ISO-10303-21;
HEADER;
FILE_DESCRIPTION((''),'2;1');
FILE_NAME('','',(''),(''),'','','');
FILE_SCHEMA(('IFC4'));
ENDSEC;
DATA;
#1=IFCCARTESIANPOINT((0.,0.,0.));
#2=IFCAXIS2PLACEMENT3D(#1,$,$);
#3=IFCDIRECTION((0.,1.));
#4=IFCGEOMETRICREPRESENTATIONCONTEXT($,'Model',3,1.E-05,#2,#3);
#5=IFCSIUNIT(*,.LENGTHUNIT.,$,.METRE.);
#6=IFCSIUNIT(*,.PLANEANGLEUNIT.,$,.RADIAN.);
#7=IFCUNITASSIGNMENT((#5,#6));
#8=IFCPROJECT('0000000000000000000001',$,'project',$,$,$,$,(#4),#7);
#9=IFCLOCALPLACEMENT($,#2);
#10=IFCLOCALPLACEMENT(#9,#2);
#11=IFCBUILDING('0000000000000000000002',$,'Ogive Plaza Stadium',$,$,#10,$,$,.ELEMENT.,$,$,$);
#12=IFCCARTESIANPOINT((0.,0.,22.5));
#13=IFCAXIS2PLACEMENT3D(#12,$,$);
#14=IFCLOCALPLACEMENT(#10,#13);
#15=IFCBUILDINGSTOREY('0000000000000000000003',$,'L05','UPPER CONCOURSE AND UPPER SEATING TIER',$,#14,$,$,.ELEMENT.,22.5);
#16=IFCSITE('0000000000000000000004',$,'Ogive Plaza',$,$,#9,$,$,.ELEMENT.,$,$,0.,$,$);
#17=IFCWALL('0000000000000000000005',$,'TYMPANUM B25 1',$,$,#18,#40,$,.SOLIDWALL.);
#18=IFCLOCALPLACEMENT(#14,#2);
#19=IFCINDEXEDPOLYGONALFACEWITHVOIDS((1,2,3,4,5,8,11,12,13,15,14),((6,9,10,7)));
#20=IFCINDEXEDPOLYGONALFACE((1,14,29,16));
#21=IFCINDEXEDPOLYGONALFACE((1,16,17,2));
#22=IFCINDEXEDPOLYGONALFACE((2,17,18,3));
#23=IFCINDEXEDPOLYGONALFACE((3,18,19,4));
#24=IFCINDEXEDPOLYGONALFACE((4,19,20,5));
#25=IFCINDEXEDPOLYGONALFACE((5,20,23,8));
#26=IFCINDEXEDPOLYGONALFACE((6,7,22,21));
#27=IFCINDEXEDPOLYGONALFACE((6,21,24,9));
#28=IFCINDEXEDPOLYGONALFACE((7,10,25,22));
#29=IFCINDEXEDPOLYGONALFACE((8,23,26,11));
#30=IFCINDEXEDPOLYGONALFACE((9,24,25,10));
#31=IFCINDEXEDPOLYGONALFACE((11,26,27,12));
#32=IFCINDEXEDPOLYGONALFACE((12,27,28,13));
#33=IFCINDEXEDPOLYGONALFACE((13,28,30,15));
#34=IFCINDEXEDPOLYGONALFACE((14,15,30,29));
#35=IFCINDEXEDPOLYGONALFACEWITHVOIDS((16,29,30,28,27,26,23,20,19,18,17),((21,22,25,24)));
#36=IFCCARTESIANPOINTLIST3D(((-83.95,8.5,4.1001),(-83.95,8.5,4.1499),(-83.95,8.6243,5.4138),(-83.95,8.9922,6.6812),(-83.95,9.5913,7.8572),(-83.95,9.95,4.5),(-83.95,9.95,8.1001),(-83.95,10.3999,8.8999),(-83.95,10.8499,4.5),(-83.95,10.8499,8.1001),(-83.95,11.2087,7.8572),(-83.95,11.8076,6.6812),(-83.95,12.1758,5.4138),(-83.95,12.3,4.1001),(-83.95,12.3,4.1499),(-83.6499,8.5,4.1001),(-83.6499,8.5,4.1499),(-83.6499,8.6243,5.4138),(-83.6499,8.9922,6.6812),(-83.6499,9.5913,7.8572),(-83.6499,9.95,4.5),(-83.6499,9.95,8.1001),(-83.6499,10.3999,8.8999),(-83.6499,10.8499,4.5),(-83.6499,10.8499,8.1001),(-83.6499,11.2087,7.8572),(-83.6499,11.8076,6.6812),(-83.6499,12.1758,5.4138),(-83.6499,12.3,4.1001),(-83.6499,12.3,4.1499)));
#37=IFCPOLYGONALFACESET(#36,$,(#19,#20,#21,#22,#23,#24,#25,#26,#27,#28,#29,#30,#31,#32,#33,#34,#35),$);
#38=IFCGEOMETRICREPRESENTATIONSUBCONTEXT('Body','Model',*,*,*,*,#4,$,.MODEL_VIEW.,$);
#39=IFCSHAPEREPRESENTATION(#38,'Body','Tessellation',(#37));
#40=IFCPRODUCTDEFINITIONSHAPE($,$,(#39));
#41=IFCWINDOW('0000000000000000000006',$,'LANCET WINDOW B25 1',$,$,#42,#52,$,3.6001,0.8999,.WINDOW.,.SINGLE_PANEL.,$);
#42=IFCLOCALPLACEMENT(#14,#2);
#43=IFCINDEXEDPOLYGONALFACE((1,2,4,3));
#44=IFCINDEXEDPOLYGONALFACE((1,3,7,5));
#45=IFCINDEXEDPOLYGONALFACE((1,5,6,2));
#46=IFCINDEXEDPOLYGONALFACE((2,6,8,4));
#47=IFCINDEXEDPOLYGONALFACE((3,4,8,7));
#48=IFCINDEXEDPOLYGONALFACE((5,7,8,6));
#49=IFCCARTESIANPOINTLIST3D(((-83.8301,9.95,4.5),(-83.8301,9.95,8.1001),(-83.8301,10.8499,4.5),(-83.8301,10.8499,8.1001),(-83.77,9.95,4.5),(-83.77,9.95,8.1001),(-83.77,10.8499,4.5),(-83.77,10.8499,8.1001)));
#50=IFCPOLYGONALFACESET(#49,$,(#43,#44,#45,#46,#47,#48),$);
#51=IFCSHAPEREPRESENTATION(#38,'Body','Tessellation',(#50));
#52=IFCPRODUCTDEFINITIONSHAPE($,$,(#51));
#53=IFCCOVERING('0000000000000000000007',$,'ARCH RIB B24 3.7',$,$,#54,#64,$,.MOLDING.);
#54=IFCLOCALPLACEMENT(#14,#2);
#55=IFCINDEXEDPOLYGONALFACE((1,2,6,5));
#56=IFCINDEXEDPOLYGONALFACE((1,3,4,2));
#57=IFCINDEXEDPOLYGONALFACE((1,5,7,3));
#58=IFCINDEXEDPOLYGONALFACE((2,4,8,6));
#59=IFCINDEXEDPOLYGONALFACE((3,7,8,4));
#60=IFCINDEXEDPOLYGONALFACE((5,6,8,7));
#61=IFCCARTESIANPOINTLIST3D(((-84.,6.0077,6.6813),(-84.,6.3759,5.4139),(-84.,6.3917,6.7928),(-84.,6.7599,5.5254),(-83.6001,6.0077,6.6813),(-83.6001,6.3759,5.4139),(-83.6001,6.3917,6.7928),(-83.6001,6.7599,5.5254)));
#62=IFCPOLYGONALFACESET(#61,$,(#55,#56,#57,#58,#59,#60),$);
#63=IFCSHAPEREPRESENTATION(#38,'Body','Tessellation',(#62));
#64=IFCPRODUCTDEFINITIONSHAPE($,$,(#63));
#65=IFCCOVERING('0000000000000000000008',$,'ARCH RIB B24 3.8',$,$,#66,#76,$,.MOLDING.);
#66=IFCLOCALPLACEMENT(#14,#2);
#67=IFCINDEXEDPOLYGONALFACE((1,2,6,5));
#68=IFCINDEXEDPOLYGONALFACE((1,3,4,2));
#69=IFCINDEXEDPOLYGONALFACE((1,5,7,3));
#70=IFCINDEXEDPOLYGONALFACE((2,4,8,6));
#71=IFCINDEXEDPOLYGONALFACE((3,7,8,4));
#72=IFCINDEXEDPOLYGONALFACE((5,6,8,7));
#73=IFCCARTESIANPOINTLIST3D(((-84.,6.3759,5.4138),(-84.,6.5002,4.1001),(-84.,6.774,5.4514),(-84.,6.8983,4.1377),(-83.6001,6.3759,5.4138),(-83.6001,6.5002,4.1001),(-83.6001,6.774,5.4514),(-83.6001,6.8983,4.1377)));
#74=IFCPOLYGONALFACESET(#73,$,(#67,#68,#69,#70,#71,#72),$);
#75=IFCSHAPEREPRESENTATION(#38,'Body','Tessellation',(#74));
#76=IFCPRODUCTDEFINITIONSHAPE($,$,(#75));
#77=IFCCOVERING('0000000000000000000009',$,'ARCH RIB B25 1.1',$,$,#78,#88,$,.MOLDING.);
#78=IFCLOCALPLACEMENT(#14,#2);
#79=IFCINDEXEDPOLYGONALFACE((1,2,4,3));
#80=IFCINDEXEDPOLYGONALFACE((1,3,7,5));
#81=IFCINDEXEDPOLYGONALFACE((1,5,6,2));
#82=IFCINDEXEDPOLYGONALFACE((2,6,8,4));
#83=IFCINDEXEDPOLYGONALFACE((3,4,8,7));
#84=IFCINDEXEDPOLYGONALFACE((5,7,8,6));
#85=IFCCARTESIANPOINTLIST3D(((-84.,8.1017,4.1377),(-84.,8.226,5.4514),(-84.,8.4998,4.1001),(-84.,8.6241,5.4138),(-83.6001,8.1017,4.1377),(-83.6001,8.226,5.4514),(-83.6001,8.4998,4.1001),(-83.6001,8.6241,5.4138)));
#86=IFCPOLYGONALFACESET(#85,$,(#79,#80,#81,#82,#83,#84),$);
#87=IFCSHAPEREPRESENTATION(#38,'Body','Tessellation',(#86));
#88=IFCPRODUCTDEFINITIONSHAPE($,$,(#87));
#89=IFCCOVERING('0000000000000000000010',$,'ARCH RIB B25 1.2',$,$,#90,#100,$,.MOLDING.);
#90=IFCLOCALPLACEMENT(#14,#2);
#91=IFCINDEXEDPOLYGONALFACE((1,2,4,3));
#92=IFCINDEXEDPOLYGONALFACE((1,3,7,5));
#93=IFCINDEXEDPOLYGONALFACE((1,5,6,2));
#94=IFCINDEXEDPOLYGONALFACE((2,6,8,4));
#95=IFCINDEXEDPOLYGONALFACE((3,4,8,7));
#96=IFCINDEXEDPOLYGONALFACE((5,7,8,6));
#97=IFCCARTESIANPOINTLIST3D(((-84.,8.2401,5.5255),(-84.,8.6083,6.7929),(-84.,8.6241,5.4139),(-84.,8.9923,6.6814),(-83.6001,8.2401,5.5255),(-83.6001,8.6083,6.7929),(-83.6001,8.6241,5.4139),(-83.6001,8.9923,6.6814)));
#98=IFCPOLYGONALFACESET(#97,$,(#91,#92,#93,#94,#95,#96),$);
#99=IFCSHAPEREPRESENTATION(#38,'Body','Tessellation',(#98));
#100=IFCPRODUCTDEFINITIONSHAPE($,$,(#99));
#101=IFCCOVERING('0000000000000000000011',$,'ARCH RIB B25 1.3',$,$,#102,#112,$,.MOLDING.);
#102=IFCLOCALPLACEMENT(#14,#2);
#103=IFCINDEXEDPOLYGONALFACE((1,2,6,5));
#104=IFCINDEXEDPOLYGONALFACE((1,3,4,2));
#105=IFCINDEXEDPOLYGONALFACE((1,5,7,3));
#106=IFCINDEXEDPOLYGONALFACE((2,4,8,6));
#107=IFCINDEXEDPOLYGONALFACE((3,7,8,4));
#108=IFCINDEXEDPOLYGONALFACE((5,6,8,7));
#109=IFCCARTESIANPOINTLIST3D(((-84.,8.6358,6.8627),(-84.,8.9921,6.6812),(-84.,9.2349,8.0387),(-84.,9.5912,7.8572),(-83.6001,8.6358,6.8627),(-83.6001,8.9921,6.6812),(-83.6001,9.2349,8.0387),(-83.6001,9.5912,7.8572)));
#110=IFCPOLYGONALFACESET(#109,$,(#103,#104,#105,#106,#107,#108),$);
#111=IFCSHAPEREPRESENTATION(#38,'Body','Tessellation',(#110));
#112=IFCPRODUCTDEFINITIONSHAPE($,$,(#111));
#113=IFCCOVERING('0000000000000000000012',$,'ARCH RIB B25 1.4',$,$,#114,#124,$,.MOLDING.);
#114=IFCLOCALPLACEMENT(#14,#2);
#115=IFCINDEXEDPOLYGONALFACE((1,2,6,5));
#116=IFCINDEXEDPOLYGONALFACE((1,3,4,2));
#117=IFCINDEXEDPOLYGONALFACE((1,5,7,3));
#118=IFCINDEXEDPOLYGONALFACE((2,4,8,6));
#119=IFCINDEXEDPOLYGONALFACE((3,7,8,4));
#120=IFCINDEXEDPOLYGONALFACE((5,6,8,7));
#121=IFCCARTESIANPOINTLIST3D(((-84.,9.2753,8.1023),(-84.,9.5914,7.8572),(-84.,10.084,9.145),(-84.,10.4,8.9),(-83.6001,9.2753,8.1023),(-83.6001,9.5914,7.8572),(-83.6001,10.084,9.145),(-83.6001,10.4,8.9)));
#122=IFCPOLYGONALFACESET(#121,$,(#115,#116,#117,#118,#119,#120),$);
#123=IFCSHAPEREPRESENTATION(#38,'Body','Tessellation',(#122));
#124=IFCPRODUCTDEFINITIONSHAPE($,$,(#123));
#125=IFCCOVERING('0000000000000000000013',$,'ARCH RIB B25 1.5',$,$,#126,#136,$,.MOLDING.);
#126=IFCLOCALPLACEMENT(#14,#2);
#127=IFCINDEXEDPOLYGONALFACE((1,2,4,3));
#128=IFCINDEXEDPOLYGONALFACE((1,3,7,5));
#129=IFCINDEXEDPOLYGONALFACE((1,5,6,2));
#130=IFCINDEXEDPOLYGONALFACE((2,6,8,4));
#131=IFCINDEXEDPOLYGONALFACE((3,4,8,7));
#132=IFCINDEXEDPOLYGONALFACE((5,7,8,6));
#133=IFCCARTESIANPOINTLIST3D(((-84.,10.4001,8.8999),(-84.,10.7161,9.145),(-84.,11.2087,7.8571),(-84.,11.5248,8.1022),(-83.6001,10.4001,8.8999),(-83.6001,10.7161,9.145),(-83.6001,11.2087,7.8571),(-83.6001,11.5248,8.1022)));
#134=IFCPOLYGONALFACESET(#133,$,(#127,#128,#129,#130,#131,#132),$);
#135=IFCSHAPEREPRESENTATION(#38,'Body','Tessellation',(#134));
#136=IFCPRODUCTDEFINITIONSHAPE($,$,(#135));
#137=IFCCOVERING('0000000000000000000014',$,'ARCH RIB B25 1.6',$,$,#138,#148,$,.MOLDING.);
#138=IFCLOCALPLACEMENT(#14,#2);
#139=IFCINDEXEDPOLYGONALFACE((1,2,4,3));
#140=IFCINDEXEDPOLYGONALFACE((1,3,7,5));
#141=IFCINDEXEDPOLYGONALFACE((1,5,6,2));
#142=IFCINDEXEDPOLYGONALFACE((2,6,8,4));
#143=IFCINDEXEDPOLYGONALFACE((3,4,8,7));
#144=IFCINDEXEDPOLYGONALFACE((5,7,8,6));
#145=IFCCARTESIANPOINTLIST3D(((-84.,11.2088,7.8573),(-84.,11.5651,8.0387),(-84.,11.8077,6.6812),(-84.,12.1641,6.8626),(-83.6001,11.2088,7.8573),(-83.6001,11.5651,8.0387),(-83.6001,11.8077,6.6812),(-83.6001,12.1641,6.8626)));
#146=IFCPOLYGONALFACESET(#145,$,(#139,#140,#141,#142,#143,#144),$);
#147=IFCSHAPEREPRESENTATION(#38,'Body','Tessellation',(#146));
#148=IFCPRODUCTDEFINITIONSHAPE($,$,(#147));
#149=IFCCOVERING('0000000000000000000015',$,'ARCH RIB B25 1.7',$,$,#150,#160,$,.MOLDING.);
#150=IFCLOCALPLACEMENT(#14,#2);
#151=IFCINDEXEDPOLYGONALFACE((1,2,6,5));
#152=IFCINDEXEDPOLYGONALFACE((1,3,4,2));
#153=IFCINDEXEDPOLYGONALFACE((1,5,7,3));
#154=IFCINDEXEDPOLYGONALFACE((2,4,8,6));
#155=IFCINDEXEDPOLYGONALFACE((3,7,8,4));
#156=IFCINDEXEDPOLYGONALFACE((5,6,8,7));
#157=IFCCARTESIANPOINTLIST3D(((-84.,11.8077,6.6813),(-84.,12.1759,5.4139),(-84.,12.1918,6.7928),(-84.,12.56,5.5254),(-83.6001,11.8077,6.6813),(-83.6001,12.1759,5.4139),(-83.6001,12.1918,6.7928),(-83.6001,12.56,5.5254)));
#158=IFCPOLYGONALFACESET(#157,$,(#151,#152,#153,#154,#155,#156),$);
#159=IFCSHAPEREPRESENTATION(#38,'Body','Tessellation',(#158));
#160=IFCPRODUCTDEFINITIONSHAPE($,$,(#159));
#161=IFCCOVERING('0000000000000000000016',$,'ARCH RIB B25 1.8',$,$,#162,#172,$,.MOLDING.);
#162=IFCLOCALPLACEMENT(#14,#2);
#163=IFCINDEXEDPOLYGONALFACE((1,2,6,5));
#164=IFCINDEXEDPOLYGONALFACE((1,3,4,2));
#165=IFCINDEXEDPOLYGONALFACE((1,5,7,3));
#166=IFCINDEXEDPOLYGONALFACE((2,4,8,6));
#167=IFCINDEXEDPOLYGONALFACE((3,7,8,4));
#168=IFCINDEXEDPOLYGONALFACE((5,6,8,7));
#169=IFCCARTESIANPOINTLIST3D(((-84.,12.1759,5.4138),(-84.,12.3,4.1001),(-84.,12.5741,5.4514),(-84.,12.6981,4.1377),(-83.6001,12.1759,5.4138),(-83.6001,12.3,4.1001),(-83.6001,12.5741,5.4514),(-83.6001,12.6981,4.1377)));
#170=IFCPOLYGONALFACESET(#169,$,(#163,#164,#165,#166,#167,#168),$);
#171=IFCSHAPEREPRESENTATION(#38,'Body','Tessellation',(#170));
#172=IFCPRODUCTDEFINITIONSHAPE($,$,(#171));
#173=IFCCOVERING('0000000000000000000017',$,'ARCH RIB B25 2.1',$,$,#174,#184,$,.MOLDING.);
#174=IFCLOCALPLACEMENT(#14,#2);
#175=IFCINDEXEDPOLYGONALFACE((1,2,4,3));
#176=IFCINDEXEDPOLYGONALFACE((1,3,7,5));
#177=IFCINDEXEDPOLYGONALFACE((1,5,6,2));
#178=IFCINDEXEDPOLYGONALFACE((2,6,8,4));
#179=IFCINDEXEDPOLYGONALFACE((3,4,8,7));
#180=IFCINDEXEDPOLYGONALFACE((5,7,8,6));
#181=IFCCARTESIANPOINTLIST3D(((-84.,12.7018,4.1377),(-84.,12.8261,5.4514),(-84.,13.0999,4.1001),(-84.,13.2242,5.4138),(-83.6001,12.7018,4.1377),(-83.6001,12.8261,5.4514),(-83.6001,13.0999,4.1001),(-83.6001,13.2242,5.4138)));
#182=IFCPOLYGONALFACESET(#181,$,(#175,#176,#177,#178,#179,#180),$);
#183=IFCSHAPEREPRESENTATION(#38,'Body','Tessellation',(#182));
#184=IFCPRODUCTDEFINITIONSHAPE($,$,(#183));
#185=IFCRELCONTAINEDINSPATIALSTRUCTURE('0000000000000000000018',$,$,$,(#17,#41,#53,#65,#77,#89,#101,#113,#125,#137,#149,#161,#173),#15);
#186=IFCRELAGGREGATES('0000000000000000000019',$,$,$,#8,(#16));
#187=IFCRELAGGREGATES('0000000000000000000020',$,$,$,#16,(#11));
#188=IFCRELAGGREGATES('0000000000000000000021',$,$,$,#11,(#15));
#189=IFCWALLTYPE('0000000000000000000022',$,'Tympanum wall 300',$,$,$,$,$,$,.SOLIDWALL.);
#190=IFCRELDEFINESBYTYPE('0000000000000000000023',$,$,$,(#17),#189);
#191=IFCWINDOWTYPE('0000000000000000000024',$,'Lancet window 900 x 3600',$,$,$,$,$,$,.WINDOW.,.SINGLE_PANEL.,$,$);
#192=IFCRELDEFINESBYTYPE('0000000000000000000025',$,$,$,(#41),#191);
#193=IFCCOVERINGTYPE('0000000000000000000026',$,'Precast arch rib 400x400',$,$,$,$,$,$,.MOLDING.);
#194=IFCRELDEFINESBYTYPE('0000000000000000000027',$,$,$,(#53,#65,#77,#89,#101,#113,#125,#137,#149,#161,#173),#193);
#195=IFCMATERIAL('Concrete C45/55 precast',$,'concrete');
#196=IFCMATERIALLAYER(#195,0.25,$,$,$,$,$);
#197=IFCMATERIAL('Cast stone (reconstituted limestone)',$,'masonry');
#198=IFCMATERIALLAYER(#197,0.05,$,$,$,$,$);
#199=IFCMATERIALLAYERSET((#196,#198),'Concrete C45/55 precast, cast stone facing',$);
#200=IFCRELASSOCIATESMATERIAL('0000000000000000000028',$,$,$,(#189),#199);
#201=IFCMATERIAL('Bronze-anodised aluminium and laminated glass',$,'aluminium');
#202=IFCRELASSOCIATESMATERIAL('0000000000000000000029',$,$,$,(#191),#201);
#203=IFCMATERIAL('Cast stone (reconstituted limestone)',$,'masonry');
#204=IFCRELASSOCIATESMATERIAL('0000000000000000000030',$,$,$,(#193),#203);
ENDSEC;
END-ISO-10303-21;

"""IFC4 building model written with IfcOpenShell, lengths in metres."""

from ifc_helpers import new_model, si_unit, direction, frame, frame_2d, origin, origin_2d, place, context, subcontext, project, spatial, polyline, rectangle, outline, extrude, material, layer, layer_set, material_profile, profile_set, type_object, element, fill, save


model = new_model("IFC4")

# Units and contexts
model_context = context("Model", 3, precision=1e-05, world=origin(), true_north=direction((0.0, 1.0)))
body_context = subcontext(model_context, "Body", "Model", "MODEL_VIEW")
ifc_project = project(units=[si_unit("LENGTHUNIT", "METRE"), si_unit("PLANEANGLEUNIT", "RADIAN")], contexts=[model_context])

# Site, building, storey
site_placement = place(None, origin())
site = spatial("IfcSite", under=ifc_project, at=site_placement, Name="Ogive Plaza", CompositionType="ELEMENT", RefElevation=0.0)
building_placement = place(site_placement, origin())
building = spatial("IfcBuilding", under=site, at=building_placement, Name="Ogive Plaza Stadium", CompositionType="ELEMENT")
storey_placement = place(building_placement, frame((0.0, 0.0, 22.5)))
storey = spatial("IfcBuildingStorey", under=building, at=storey_placement, Name="L05", Description="UPPER CONCOURSE AND UPPER SEATING TIER", CompositionType="ELEMENT", Elevation=22.5)

# Wall, opening, window
ifc_material_1 = material(Name="Concrete C45/55 precast", Category="concrete")
ifc_layer_1 = layer(ifc_material_1, 0.25)
ifc_material_2 = material(Name="Cast stone (reconstituted limestone)", Category="masonry")
ifc_layer_2 = layer(ifc_material_2, 0.05)
ifc_layer_set_1 = layer_set([ifc_layer_1, ifc_layer_2], Name="Concrete C45/55 precast, cast stone facing")
wall_type = type_object("IfcWallType", Name="Tympanum wall 300", PredefinedType="SOLIDWALL", material=ifc_layer_set_1)
wall_placement = place(storey_placement, frame((-83.8, 8.5, 4.1001), z_axis=(0.0, 0.0, 1.0), x_axis=(0.0, 1.0, 0.0)))
wall = element("IfcWall", 1, at=wall_placement, inside=storey, type_object=wall_type, Name="TYMPANUM B25 1", PredefinedType="SOLIDWALL", context=body_context, shape_type="SweptSolid", body=[
    extrude(outline(polyline([(0.0, 0.0), (3.8, 0.0), (3.8, 0.0498), (3.6758, 1.3137), (3.3076, 2.5811), (2.7087, 3.7571), (1.8999, 4.7998), (1.0913, 3.7571), (0.4922, 2.5811), (0.1243, 1.3137), (0.0, 0.0498), (0.0, 0.0)])), frame((0.0, 0.1499, 0.0), z_axis=(0.0, -1.0, 0.0), x_axis=(1.0, 0.0, 0.0)), (0.0, 0.0, 1.0), 0.3),
])
opening_placement = place(wall_placement, frame((1.45, 0.0, 0.3999)))
opening = element("IfcOpeningElement", 2, at=opening_placement, cuts=wall, PredefinedType="OPENING", context=body_context, shape_type="SweptSolid", body=[
    extrude(rectangle(XDim=0.8999, YDim=3.6001, at=frame_2d((0.45, 1.8))), frame((0.0, 0.1602, 0.0), z_axis=(0.0, -1.0, 0.0), x_axis=(1.0, 0.0, 0.0)), (0.0, 0.0, 1.0), 0.3201),
])
ifc_material_3 = material(Name="Bronze-anodised aluminium and laminated glass", Category="aluminium")
window_type = type_object("IfcWindowType", Name="Lancet window 900 x 3600", PartitioningType="SINGLE_PANEL", PredefinedType="WINDOW", material=ifc_material_3)
window_placement = place(opening_placement, origin())
window = element("IfcWindow", 3, at=window_placement, inside=storey, type_object=window_type, Name="LANCET WINDOW B25 1", OverallHeight=3.6001, OverallWidth=0.8999, PartitioningType="SINGLE_PANEL", PredefinedType="WINDOW", context=body_context, shape_type="SweptSolid", body=[
    extrude(rectangle(XDim=0.8999, YDim=3.6001, at=frame_2d((0.45, 1.8))), frame((0.0, 0.03, 0.0), z_axis=(0.0, -1.0, 0.0), x_axis=(1.0, 0.0, 0.0)), (0.0, 0.0, 1.0), 0.0601),
])
fill(opening, window)

# Coverings
ifc_material_4 = material(Name="Cast stone (reconstituted limestone)", Category="masonry")
ifc_material_profile_1 = material_profile(ifc_material_4, rectangle(XDim=0.3999, YDim=0.3999, at=origin_2d()), Name="Cast stone 400x400")
ifc_profile_set_1 = profile_set([ifc_material_profile_1], Name="Cast stone (reconstituted limestone)")
covering_type = type_object("IfcCoveringType", Name="Precast arch rib 400x400", PredefinedType="MOLDING", material=ifc_profile_set_1)
covering_placement = place(storey_placement, frame((-83.8, 6.1997, 6.7371), z_axis=(0.0, 0.27897, -0.9603), x_axis=(-1.0, 0.0, 0.0)))
element("IfcCovering", 4, at=covering_placement, inside=storey, type_object=covering_type, Name="ARCH RIB B24 3.7", PredefinedType="MOLDING", context=body_context, shape_type="SweptSolid", body=[
    extrude(rectangle(XDim=0.3999, YDim=0.3999, at=origin_2d()), origin(), (0.0, 0.0, 1.0), 1.3198),
])
for number, where, z_axis, x_axis, name in (
    (5, (-83.8, 6.575, 5.4326), (0.0, 0.094172, -0.995556), (-1.0, 0.0, 0.0), "ARCH RIB B24 3.8"),
    (6, (-83.8, 8.3008, 4.1189), (0.0, 0.094172, 0.995556), (-1.0, 0.0, 0.0), "ARCH RIB B25 1.1"),
):
    element("IfcCovering", number, at=place(storey_placement, frame(where, z_axis=z_axis, x_axis=x_axis)), inside=storey, type_object=covering_type, Name=name, PredefinedType="MOLDING", context=body_context, shape_type="SweptSolid", body=[
        extrude(rectangle(XDim=0.3999, YDim=0.3999, at=origin_2d()), origin(), (0.0, 0.0, 1.0), 1.3196),
    ])
for number, where, z_axis, x_axis, name in (
    (7, (-83.8, 8.4321, 5.4697), (0.0, 0.27897, 0.9603), (-1.0, 0.0, 0.0), "ARCH RIB B25 1.2"),
    (8, (-83.8, 8.814, 6.772), (0.0, 0.453934, 0.891035), (-1.0, 0.0, 0.0), "ARCH RIB B25 1.3"),
):
    element("IfcCovering", number, at=place(storey_placement, frame(where, z_axis=z_axis, x_axis=x_axis)), inside=storey, type_object=covering_type, Name=name, PredefinedType="MOLDING", context=body_context, shape_type="SweptSolid", body=[
        extrude(rectangle(XDim=0.3999, YDim=0.3999, at=origin_2d()), origin(), (0.0, 0.0, 1.0), 1.3198),
    ])
for number, where, z_axis, x_axis, name in (
    (9, (-83.8, 9.4333, 7.9797), (0.0, 0.6128, 0.790238), (-1.0, 0.0, 0.0), "ARCH RIB B25 1.4"),
    (10, (-83.8, 10.5581, 9.0225), (0.0, 0.6128, -0.790238), (-1.0, 0.0, 0.0), "ARCH RIB B25 1.5"),
):
    element("IfcCovering", number, at=place(storey_placement, frame(where, z_axis=z_axis, x_axis=x_axis)), inside=storey, type_object=covering_type, Name=name, PredefinedType="MOLDING", context=body_context, shape_type="SweptSolid", body=[
        extrude(rectangle(XDim=0.3999, YDim=0.3999, at=origin_2d()), origin(), (0.0, 0.0, 1.0), 1.3196),
    ])
for number, where, z_axis, x_axis, name in (
    (11, (-83.8, 11.387, 7.948), (0.0, 0.453787, -0.89111), (-1.0, 0.0, 0.0), "ARCH RIB B25 1.6"),
    (12, (-83.8, 11.9998, 6.7371), (0.0, 0.27897, -0.9603), (-1.0, 0.0, 0.0), "ARCH RIB B25 1.7"),
):
    element("IfcCovering", number, at=place(storey_placement, frame(where, z_axis=z_axis, x_axis=x_axis)), inside=storey, type_object=covering_type, Name=name, PredefinedType="MOLDING", context=body_context, shape_type="SweptSolid", body=[
        extrude(rectangle(XDim=0.3999, YDim=0.3999, at=origin_2d()), origin(), (0.0, 0.0, 1.0), 1.3198),
    ])
for number, where, z_axis, x_axis, name in (
    (13, (-83.8, 12.375, 5.4326), (0.0, 0.093988, -0.995573), (-1.0, 0.0, 0.0), "ARCH RIB B25 1.8"),
    (14, (-83.8, 12.9009, 4.1189), (0.0, 0.094172, 0.995556), (-1.0, 0.0, 0.0), "ARCH RIB B25 2.1"),
):
    element("IfcCovering", number, at=place(storey_placement, frame(where, z_axis=z_axis, x_axis=x_axis)), inside=storey, type_object=covering_type, Name=name, PredefinedType="MOLDING", context=body_context, shape_type="SweptSolid", body=[
        extrude(rectangle(XDim=0.3999, YDim=0.3999, at=origin_2d()), origin(), (0.0, 0.0, 1.0), 1.3196),
    ])

save(model, "model.ifc")
